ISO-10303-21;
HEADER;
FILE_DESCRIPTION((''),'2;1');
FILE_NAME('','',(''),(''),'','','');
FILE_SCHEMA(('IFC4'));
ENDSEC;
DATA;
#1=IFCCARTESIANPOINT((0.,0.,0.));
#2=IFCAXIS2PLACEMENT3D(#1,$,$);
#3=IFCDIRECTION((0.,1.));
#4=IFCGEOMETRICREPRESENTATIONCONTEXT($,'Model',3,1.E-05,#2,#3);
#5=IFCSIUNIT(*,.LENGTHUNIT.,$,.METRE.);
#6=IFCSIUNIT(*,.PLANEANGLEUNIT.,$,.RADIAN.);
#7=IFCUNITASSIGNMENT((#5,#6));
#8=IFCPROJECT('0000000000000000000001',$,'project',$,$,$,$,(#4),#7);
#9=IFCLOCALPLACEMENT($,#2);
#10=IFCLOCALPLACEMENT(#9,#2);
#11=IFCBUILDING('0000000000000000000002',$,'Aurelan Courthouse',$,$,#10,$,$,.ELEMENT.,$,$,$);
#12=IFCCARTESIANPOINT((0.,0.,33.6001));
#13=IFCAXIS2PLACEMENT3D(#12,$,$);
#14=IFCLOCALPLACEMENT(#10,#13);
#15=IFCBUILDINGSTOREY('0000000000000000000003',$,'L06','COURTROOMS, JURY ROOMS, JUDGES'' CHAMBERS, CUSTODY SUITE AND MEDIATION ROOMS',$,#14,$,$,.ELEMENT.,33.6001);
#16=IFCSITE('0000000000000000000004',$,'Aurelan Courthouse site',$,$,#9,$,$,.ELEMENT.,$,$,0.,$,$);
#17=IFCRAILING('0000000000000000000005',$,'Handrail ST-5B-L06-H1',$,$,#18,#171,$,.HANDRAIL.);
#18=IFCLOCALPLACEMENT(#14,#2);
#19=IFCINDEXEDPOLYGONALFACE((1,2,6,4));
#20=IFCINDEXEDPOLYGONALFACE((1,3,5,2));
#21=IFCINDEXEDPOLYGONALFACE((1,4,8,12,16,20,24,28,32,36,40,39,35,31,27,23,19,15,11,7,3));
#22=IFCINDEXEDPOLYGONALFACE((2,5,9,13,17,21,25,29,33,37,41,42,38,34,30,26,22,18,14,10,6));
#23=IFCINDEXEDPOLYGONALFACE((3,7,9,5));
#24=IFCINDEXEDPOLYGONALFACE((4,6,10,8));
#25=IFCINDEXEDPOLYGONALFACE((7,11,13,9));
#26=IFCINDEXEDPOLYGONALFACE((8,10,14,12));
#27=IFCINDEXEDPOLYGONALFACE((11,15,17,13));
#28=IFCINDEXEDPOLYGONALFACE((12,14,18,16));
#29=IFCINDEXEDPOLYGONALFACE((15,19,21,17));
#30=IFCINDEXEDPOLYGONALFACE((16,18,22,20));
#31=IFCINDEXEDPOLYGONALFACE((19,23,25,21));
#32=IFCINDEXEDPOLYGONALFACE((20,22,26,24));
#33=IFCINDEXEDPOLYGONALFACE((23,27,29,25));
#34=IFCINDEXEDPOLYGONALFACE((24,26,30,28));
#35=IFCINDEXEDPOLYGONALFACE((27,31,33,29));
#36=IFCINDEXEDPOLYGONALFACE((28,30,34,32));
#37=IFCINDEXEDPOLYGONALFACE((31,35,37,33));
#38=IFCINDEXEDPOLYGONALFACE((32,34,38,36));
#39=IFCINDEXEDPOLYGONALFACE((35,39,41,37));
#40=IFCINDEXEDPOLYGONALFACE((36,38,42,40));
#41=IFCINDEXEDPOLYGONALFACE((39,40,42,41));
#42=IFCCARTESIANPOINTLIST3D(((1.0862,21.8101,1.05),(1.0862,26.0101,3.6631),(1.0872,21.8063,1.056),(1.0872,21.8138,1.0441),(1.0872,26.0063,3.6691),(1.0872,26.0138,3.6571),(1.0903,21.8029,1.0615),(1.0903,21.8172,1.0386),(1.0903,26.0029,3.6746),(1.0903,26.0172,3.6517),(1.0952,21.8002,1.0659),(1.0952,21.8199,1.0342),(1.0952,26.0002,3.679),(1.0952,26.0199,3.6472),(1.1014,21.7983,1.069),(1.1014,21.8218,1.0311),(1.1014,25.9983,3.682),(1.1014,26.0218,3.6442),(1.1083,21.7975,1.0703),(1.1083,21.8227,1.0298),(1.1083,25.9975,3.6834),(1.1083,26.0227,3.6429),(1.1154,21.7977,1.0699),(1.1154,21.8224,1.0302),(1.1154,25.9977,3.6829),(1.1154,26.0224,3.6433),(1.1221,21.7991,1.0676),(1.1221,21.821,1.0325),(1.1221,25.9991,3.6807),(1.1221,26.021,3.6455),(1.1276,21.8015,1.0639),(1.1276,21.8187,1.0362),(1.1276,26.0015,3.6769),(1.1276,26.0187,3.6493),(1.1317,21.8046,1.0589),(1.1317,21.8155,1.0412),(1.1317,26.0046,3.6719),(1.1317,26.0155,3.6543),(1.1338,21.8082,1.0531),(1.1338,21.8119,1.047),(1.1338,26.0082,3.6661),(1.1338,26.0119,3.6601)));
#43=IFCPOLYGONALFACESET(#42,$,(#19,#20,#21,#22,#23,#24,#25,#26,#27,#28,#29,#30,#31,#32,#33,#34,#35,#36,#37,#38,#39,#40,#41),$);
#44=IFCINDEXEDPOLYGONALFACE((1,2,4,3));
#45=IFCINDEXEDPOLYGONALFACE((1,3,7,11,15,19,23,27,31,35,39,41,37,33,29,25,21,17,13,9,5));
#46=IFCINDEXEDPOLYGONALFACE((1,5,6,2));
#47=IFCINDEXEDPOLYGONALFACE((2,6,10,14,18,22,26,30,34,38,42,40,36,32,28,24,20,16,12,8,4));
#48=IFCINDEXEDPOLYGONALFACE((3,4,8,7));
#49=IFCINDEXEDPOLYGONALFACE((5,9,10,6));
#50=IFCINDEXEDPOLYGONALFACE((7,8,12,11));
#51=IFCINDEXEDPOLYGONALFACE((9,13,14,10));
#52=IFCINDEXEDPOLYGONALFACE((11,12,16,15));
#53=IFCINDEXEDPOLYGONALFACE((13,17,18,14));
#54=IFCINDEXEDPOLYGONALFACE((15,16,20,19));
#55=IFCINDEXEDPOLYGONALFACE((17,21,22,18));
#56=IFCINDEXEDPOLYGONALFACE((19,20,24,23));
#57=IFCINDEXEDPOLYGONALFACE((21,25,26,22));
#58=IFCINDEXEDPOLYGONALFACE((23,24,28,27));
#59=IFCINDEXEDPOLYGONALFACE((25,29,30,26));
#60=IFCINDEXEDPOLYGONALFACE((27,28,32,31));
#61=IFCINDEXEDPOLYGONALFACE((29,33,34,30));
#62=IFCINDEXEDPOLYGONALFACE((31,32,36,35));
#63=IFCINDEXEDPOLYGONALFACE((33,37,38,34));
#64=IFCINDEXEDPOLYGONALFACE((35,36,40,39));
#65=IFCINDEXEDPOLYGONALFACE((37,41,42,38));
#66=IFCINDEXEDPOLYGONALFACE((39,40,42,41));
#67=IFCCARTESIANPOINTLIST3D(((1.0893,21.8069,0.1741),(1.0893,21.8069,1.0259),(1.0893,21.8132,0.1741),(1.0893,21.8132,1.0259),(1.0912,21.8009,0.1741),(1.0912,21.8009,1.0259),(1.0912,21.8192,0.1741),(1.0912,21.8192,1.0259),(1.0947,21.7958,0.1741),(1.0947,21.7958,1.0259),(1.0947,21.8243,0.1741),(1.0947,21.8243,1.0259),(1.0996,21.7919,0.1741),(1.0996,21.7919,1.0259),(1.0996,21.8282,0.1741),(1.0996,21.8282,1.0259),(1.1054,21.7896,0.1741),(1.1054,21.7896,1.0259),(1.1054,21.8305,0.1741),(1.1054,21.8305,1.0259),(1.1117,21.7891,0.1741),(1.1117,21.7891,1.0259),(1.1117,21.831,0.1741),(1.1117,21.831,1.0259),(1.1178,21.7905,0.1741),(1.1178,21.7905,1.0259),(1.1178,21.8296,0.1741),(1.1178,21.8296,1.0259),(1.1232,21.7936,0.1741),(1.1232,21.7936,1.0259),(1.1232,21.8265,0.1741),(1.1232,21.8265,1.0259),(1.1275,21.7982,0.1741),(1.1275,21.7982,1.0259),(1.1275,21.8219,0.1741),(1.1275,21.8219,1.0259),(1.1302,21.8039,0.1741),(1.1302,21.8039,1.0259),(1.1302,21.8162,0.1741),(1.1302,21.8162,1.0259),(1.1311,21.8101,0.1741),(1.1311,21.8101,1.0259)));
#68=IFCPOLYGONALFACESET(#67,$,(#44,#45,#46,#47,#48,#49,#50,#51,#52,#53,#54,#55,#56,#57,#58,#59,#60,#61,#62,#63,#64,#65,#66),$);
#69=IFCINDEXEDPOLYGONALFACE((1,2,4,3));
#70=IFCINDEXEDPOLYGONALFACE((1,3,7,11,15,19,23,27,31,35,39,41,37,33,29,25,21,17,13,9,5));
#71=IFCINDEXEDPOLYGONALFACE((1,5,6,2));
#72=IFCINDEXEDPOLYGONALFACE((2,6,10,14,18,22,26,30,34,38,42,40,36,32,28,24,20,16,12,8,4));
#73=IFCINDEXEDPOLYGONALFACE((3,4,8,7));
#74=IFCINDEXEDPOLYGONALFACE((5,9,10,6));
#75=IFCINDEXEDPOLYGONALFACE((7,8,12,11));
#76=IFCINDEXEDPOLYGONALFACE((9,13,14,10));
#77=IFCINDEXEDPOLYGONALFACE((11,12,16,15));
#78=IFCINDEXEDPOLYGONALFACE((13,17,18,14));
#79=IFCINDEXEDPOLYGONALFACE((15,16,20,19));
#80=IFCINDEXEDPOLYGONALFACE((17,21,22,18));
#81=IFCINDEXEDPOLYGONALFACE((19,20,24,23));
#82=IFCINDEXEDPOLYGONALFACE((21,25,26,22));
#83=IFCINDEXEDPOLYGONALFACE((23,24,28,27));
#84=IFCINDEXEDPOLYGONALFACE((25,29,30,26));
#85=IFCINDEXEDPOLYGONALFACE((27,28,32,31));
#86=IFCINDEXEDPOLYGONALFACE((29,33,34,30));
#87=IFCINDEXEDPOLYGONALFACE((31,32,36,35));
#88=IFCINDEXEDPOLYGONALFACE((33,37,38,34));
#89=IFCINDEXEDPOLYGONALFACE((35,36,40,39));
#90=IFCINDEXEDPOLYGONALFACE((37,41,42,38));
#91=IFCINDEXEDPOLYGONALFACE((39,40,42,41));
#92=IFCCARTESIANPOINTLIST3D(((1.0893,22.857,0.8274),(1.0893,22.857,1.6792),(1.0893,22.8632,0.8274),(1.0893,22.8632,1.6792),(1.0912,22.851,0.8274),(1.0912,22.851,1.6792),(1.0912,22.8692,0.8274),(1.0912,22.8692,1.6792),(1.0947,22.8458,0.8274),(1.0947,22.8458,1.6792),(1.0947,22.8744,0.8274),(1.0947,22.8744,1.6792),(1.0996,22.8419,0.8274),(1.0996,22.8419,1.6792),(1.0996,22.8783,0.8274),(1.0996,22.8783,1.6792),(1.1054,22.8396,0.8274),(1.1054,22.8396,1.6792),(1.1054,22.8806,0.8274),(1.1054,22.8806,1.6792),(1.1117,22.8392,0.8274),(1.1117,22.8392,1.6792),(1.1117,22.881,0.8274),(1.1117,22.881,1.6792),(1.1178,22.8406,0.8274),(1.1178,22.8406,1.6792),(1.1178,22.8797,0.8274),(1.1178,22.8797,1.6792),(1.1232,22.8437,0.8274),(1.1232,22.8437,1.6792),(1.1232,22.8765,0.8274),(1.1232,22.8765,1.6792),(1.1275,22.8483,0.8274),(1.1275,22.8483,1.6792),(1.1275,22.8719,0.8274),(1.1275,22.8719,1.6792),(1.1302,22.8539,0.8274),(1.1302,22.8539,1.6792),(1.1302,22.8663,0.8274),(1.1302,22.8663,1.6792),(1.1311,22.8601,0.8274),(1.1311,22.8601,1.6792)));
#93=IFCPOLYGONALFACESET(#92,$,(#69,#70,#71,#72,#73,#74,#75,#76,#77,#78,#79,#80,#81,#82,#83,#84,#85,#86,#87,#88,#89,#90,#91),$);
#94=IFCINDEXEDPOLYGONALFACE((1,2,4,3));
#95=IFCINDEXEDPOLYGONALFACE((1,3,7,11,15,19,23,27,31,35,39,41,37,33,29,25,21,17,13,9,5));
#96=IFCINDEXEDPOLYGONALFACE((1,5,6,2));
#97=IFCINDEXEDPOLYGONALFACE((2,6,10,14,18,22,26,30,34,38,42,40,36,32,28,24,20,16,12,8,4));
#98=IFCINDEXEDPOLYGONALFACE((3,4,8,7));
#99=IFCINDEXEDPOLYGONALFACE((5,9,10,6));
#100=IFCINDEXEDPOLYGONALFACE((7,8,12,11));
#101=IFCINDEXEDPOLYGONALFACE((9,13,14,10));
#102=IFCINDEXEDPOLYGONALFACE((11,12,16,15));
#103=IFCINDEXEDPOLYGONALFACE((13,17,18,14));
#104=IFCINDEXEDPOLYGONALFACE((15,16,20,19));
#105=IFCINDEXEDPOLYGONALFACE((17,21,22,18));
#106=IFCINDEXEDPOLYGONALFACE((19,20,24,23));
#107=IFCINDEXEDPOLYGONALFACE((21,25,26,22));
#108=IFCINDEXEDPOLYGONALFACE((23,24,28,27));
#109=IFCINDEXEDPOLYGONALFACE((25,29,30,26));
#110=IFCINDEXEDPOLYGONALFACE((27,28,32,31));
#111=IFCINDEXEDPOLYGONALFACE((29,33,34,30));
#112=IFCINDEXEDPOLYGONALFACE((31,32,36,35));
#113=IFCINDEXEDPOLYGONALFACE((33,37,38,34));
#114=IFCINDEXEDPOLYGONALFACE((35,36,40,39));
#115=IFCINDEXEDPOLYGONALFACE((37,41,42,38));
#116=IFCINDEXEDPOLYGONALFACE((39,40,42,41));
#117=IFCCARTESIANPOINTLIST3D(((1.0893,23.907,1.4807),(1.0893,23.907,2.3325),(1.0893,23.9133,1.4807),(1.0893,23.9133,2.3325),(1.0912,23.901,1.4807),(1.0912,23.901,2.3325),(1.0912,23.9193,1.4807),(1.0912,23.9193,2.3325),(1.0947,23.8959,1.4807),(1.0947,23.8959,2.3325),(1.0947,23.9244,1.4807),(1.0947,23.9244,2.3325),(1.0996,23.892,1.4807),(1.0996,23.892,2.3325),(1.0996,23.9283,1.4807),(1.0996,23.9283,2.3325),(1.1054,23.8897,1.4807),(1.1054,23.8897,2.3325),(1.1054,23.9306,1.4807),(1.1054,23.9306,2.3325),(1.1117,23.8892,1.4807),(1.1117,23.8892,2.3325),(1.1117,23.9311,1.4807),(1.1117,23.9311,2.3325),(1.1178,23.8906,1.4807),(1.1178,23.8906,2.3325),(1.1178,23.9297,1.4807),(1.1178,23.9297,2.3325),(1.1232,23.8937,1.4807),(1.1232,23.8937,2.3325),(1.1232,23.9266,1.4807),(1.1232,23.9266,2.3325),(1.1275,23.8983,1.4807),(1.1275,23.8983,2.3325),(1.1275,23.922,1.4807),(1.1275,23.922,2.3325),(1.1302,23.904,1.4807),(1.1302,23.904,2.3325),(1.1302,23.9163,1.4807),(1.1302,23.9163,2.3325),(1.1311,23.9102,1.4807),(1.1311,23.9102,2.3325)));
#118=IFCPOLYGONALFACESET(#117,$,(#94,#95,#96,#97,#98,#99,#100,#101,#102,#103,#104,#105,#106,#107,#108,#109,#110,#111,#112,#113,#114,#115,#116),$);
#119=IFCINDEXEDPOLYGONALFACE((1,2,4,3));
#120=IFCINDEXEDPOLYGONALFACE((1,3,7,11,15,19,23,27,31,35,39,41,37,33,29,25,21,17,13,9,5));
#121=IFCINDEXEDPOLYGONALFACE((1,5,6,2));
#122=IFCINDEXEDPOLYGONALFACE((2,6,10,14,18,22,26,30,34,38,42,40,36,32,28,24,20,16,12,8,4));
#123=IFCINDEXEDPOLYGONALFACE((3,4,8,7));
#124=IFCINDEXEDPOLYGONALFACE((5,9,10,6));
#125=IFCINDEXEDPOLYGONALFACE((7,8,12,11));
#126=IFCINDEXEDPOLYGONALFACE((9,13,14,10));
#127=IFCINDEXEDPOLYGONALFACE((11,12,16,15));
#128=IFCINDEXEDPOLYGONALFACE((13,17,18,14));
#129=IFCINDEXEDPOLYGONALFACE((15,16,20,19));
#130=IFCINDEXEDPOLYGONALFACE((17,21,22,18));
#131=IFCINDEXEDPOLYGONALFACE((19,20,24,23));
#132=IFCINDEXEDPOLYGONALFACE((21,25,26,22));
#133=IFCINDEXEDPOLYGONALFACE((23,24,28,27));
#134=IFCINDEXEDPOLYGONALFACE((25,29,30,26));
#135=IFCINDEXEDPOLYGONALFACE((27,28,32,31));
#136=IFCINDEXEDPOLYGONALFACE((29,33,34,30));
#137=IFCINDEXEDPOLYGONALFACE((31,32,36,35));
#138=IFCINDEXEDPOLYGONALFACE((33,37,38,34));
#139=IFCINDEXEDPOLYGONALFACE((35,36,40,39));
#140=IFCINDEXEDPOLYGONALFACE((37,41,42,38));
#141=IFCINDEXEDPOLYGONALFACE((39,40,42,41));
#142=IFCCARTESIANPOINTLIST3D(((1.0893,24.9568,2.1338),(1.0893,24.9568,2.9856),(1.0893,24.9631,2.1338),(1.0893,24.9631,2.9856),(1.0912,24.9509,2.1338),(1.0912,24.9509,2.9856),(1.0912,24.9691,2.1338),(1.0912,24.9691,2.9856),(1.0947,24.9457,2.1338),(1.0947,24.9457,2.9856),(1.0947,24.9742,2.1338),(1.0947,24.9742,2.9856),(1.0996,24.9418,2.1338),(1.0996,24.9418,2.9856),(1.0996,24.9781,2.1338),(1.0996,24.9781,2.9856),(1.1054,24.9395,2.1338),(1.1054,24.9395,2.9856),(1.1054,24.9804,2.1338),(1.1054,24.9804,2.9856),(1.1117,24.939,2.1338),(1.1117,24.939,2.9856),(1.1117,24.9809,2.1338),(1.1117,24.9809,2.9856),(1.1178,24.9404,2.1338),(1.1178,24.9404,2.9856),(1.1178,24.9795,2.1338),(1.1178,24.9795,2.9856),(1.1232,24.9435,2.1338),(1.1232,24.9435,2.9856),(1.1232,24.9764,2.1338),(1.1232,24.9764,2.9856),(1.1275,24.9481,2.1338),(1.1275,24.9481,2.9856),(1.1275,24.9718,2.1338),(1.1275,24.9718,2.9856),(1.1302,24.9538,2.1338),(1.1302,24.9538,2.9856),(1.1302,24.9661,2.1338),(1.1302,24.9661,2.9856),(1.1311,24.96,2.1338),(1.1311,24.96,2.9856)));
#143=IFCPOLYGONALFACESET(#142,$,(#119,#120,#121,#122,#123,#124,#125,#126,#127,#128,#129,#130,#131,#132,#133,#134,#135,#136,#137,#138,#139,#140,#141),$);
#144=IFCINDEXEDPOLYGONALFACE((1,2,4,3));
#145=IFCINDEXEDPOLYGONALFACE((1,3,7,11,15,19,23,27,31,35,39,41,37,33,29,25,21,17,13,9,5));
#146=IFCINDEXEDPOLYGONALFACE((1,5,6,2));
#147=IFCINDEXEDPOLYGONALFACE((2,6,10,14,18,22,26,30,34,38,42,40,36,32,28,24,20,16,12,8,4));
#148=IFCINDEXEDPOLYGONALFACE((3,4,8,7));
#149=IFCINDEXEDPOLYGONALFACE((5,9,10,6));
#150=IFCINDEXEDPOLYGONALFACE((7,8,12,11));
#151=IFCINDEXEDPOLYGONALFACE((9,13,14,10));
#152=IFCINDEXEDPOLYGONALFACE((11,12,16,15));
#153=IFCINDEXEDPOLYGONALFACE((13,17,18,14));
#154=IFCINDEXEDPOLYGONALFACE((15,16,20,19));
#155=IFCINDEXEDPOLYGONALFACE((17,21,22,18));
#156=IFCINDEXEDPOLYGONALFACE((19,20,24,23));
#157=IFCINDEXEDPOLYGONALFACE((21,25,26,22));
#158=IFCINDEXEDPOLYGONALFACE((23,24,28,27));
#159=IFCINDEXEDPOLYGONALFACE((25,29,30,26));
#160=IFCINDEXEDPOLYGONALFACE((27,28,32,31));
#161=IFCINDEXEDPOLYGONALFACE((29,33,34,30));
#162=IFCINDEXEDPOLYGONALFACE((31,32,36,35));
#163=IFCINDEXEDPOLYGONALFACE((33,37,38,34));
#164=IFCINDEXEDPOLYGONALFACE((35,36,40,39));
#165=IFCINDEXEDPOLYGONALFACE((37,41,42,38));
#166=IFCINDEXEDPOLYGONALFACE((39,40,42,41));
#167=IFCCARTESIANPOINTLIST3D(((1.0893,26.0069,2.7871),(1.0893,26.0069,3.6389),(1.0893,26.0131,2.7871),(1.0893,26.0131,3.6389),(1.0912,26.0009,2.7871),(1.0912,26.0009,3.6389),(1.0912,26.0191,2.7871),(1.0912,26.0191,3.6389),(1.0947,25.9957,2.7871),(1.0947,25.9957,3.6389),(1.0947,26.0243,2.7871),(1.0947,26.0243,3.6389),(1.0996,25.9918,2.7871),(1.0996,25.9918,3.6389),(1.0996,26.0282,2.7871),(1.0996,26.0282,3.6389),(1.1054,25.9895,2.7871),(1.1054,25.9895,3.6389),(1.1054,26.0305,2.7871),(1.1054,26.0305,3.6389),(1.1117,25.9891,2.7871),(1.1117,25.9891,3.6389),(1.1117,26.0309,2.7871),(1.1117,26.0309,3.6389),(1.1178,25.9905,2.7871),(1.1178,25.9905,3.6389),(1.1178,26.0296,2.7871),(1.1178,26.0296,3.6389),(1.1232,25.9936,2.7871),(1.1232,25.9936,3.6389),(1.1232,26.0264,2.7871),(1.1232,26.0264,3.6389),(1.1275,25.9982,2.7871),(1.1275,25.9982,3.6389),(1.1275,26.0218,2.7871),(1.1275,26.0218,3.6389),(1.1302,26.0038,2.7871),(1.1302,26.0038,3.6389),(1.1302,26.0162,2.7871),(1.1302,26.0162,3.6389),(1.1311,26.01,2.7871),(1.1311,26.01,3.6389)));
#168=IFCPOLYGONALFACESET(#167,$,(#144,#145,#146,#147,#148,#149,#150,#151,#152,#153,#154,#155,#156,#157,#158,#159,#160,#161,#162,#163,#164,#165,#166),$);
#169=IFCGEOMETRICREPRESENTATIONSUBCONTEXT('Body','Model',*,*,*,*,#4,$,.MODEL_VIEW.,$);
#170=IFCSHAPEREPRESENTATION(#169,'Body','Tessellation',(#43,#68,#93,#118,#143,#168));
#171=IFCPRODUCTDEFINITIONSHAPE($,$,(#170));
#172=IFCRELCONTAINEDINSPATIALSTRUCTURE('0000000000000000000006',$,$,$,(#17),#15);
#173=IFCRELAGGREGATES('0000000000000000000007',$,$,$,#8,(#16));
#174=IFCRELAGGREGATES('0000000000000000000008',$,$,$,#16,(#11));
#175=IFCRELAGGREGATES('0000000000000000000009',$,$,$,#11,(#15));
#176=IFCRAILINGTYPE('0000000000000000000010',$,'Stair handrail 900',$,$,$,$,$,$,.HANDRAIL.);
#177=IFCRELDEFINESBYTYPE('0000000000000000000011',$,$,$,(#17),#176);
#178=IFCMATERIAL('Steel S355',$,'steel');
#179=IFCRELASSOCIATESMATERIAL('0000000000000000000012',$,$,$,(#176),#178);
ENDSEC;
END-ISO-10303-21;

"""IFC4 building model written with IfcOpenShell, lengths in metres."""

from ifc_helpers import new_model, si_unit, direction, frame, origin, origin_2d, place, context, subcontext, project, spatial, circle, extrude, material, type_object, element, save


model = new_model("IFC4")

# Units and contexts
model_context = context("Model", 3, precision=1e-05, world=origin(), true_north=direction((0.0, 1.0)))
body_context = subcontext(model_context, "Body", "Model", "MODEL_VIEW")
ifc_project = project(units=[si_unit("LENGTHUNIT", "METRE"), si_unit("PLANEANGLEUNIT", "RADIAN")], contexts=[model_context])

# Site, building, storey
site_placement = place(None, origin())
site = spatial("IfcSite", under=ifc_project, at=site_placement, Name="Aurelan Courthouse site", CompositionType="ELEMENT", RefElevation=0.0)
building_placement = place(site_placement, origin())
building = spatial("IfcBuilding", under=site, at=building_placement, Name="Aurelan Courthouse", CompositionType="ELEMENT")
storey_placement = place(building_placement, frame((0.0, 0.0, 33.6001)))
storey = spatial("IfcBuildingStorey", under=building, at=storey_placement, Name="L06", Description="COURTROOMS, JURY ROOMS, JUDGES' CHAMBERS, CUSTODY SUITE AND MEDIATION ROOMS", CompositionType="ELEMENT", Elevation=33.6001)

# Railing
ifc_material_1 = material(Name="Steel S355", Category="steel")
railing_type_1 = type_object("IfcRailingType", Name="Stair handrail 900", PredefinedType="HANDRAIL", material=ifc_material_1)
for number, where, name in (
    (1, (1.1101, 21.8101, 0.1741), "Handrail ST-5B-L06-H1"),
):
    element("IfcRailing", number, at=place(storey_placement, frame(where)), inside=storey, type_object=railing_type_1, Name=name, PredefinedType="HANDRAIL", context=body_context, shape_type="SweptSolid", body=[
        extrude(circle(Radius=0.0239, at=origin_2d()), frame((0.0, 0.0, 0.876), z_axis=(0.0, 0.849081, 0.528263), x_axis=(-1.0, 0.0, 0.0)), (0.0, 0.0, 1.0), 4.9465),
        extrude(circle(Radius=0.021, at=origin_2d()), origin(), (0.0, 0.0, 1.0), 0.8518),
        extrude(circle(Radius=0.021, at=origin_2d()), frame((0.0, 1.05, 0.6533)), (0.0, 0.0, 1.0), 0.8518),
        extrude(circle(Radius=0.021, at=origin_2d()), frame((0.0, 2.1001, 1.3066)), (0.0, 0.0, 1.0), 0.8518),
        extrude(circle(Radius=0.021, at=origin_2d()), frame((0.0, 3.1499, 1.9597)), (0.0, 0.0, 1.0), 0.8518),
        extrude(circle(Radius=0.021, at=origin_2d()), frame((0.0, 4.2, 2.613)), (0.0, 0.0, 1.0), 0.8518),
    ])

save(model, "model.ifc")
